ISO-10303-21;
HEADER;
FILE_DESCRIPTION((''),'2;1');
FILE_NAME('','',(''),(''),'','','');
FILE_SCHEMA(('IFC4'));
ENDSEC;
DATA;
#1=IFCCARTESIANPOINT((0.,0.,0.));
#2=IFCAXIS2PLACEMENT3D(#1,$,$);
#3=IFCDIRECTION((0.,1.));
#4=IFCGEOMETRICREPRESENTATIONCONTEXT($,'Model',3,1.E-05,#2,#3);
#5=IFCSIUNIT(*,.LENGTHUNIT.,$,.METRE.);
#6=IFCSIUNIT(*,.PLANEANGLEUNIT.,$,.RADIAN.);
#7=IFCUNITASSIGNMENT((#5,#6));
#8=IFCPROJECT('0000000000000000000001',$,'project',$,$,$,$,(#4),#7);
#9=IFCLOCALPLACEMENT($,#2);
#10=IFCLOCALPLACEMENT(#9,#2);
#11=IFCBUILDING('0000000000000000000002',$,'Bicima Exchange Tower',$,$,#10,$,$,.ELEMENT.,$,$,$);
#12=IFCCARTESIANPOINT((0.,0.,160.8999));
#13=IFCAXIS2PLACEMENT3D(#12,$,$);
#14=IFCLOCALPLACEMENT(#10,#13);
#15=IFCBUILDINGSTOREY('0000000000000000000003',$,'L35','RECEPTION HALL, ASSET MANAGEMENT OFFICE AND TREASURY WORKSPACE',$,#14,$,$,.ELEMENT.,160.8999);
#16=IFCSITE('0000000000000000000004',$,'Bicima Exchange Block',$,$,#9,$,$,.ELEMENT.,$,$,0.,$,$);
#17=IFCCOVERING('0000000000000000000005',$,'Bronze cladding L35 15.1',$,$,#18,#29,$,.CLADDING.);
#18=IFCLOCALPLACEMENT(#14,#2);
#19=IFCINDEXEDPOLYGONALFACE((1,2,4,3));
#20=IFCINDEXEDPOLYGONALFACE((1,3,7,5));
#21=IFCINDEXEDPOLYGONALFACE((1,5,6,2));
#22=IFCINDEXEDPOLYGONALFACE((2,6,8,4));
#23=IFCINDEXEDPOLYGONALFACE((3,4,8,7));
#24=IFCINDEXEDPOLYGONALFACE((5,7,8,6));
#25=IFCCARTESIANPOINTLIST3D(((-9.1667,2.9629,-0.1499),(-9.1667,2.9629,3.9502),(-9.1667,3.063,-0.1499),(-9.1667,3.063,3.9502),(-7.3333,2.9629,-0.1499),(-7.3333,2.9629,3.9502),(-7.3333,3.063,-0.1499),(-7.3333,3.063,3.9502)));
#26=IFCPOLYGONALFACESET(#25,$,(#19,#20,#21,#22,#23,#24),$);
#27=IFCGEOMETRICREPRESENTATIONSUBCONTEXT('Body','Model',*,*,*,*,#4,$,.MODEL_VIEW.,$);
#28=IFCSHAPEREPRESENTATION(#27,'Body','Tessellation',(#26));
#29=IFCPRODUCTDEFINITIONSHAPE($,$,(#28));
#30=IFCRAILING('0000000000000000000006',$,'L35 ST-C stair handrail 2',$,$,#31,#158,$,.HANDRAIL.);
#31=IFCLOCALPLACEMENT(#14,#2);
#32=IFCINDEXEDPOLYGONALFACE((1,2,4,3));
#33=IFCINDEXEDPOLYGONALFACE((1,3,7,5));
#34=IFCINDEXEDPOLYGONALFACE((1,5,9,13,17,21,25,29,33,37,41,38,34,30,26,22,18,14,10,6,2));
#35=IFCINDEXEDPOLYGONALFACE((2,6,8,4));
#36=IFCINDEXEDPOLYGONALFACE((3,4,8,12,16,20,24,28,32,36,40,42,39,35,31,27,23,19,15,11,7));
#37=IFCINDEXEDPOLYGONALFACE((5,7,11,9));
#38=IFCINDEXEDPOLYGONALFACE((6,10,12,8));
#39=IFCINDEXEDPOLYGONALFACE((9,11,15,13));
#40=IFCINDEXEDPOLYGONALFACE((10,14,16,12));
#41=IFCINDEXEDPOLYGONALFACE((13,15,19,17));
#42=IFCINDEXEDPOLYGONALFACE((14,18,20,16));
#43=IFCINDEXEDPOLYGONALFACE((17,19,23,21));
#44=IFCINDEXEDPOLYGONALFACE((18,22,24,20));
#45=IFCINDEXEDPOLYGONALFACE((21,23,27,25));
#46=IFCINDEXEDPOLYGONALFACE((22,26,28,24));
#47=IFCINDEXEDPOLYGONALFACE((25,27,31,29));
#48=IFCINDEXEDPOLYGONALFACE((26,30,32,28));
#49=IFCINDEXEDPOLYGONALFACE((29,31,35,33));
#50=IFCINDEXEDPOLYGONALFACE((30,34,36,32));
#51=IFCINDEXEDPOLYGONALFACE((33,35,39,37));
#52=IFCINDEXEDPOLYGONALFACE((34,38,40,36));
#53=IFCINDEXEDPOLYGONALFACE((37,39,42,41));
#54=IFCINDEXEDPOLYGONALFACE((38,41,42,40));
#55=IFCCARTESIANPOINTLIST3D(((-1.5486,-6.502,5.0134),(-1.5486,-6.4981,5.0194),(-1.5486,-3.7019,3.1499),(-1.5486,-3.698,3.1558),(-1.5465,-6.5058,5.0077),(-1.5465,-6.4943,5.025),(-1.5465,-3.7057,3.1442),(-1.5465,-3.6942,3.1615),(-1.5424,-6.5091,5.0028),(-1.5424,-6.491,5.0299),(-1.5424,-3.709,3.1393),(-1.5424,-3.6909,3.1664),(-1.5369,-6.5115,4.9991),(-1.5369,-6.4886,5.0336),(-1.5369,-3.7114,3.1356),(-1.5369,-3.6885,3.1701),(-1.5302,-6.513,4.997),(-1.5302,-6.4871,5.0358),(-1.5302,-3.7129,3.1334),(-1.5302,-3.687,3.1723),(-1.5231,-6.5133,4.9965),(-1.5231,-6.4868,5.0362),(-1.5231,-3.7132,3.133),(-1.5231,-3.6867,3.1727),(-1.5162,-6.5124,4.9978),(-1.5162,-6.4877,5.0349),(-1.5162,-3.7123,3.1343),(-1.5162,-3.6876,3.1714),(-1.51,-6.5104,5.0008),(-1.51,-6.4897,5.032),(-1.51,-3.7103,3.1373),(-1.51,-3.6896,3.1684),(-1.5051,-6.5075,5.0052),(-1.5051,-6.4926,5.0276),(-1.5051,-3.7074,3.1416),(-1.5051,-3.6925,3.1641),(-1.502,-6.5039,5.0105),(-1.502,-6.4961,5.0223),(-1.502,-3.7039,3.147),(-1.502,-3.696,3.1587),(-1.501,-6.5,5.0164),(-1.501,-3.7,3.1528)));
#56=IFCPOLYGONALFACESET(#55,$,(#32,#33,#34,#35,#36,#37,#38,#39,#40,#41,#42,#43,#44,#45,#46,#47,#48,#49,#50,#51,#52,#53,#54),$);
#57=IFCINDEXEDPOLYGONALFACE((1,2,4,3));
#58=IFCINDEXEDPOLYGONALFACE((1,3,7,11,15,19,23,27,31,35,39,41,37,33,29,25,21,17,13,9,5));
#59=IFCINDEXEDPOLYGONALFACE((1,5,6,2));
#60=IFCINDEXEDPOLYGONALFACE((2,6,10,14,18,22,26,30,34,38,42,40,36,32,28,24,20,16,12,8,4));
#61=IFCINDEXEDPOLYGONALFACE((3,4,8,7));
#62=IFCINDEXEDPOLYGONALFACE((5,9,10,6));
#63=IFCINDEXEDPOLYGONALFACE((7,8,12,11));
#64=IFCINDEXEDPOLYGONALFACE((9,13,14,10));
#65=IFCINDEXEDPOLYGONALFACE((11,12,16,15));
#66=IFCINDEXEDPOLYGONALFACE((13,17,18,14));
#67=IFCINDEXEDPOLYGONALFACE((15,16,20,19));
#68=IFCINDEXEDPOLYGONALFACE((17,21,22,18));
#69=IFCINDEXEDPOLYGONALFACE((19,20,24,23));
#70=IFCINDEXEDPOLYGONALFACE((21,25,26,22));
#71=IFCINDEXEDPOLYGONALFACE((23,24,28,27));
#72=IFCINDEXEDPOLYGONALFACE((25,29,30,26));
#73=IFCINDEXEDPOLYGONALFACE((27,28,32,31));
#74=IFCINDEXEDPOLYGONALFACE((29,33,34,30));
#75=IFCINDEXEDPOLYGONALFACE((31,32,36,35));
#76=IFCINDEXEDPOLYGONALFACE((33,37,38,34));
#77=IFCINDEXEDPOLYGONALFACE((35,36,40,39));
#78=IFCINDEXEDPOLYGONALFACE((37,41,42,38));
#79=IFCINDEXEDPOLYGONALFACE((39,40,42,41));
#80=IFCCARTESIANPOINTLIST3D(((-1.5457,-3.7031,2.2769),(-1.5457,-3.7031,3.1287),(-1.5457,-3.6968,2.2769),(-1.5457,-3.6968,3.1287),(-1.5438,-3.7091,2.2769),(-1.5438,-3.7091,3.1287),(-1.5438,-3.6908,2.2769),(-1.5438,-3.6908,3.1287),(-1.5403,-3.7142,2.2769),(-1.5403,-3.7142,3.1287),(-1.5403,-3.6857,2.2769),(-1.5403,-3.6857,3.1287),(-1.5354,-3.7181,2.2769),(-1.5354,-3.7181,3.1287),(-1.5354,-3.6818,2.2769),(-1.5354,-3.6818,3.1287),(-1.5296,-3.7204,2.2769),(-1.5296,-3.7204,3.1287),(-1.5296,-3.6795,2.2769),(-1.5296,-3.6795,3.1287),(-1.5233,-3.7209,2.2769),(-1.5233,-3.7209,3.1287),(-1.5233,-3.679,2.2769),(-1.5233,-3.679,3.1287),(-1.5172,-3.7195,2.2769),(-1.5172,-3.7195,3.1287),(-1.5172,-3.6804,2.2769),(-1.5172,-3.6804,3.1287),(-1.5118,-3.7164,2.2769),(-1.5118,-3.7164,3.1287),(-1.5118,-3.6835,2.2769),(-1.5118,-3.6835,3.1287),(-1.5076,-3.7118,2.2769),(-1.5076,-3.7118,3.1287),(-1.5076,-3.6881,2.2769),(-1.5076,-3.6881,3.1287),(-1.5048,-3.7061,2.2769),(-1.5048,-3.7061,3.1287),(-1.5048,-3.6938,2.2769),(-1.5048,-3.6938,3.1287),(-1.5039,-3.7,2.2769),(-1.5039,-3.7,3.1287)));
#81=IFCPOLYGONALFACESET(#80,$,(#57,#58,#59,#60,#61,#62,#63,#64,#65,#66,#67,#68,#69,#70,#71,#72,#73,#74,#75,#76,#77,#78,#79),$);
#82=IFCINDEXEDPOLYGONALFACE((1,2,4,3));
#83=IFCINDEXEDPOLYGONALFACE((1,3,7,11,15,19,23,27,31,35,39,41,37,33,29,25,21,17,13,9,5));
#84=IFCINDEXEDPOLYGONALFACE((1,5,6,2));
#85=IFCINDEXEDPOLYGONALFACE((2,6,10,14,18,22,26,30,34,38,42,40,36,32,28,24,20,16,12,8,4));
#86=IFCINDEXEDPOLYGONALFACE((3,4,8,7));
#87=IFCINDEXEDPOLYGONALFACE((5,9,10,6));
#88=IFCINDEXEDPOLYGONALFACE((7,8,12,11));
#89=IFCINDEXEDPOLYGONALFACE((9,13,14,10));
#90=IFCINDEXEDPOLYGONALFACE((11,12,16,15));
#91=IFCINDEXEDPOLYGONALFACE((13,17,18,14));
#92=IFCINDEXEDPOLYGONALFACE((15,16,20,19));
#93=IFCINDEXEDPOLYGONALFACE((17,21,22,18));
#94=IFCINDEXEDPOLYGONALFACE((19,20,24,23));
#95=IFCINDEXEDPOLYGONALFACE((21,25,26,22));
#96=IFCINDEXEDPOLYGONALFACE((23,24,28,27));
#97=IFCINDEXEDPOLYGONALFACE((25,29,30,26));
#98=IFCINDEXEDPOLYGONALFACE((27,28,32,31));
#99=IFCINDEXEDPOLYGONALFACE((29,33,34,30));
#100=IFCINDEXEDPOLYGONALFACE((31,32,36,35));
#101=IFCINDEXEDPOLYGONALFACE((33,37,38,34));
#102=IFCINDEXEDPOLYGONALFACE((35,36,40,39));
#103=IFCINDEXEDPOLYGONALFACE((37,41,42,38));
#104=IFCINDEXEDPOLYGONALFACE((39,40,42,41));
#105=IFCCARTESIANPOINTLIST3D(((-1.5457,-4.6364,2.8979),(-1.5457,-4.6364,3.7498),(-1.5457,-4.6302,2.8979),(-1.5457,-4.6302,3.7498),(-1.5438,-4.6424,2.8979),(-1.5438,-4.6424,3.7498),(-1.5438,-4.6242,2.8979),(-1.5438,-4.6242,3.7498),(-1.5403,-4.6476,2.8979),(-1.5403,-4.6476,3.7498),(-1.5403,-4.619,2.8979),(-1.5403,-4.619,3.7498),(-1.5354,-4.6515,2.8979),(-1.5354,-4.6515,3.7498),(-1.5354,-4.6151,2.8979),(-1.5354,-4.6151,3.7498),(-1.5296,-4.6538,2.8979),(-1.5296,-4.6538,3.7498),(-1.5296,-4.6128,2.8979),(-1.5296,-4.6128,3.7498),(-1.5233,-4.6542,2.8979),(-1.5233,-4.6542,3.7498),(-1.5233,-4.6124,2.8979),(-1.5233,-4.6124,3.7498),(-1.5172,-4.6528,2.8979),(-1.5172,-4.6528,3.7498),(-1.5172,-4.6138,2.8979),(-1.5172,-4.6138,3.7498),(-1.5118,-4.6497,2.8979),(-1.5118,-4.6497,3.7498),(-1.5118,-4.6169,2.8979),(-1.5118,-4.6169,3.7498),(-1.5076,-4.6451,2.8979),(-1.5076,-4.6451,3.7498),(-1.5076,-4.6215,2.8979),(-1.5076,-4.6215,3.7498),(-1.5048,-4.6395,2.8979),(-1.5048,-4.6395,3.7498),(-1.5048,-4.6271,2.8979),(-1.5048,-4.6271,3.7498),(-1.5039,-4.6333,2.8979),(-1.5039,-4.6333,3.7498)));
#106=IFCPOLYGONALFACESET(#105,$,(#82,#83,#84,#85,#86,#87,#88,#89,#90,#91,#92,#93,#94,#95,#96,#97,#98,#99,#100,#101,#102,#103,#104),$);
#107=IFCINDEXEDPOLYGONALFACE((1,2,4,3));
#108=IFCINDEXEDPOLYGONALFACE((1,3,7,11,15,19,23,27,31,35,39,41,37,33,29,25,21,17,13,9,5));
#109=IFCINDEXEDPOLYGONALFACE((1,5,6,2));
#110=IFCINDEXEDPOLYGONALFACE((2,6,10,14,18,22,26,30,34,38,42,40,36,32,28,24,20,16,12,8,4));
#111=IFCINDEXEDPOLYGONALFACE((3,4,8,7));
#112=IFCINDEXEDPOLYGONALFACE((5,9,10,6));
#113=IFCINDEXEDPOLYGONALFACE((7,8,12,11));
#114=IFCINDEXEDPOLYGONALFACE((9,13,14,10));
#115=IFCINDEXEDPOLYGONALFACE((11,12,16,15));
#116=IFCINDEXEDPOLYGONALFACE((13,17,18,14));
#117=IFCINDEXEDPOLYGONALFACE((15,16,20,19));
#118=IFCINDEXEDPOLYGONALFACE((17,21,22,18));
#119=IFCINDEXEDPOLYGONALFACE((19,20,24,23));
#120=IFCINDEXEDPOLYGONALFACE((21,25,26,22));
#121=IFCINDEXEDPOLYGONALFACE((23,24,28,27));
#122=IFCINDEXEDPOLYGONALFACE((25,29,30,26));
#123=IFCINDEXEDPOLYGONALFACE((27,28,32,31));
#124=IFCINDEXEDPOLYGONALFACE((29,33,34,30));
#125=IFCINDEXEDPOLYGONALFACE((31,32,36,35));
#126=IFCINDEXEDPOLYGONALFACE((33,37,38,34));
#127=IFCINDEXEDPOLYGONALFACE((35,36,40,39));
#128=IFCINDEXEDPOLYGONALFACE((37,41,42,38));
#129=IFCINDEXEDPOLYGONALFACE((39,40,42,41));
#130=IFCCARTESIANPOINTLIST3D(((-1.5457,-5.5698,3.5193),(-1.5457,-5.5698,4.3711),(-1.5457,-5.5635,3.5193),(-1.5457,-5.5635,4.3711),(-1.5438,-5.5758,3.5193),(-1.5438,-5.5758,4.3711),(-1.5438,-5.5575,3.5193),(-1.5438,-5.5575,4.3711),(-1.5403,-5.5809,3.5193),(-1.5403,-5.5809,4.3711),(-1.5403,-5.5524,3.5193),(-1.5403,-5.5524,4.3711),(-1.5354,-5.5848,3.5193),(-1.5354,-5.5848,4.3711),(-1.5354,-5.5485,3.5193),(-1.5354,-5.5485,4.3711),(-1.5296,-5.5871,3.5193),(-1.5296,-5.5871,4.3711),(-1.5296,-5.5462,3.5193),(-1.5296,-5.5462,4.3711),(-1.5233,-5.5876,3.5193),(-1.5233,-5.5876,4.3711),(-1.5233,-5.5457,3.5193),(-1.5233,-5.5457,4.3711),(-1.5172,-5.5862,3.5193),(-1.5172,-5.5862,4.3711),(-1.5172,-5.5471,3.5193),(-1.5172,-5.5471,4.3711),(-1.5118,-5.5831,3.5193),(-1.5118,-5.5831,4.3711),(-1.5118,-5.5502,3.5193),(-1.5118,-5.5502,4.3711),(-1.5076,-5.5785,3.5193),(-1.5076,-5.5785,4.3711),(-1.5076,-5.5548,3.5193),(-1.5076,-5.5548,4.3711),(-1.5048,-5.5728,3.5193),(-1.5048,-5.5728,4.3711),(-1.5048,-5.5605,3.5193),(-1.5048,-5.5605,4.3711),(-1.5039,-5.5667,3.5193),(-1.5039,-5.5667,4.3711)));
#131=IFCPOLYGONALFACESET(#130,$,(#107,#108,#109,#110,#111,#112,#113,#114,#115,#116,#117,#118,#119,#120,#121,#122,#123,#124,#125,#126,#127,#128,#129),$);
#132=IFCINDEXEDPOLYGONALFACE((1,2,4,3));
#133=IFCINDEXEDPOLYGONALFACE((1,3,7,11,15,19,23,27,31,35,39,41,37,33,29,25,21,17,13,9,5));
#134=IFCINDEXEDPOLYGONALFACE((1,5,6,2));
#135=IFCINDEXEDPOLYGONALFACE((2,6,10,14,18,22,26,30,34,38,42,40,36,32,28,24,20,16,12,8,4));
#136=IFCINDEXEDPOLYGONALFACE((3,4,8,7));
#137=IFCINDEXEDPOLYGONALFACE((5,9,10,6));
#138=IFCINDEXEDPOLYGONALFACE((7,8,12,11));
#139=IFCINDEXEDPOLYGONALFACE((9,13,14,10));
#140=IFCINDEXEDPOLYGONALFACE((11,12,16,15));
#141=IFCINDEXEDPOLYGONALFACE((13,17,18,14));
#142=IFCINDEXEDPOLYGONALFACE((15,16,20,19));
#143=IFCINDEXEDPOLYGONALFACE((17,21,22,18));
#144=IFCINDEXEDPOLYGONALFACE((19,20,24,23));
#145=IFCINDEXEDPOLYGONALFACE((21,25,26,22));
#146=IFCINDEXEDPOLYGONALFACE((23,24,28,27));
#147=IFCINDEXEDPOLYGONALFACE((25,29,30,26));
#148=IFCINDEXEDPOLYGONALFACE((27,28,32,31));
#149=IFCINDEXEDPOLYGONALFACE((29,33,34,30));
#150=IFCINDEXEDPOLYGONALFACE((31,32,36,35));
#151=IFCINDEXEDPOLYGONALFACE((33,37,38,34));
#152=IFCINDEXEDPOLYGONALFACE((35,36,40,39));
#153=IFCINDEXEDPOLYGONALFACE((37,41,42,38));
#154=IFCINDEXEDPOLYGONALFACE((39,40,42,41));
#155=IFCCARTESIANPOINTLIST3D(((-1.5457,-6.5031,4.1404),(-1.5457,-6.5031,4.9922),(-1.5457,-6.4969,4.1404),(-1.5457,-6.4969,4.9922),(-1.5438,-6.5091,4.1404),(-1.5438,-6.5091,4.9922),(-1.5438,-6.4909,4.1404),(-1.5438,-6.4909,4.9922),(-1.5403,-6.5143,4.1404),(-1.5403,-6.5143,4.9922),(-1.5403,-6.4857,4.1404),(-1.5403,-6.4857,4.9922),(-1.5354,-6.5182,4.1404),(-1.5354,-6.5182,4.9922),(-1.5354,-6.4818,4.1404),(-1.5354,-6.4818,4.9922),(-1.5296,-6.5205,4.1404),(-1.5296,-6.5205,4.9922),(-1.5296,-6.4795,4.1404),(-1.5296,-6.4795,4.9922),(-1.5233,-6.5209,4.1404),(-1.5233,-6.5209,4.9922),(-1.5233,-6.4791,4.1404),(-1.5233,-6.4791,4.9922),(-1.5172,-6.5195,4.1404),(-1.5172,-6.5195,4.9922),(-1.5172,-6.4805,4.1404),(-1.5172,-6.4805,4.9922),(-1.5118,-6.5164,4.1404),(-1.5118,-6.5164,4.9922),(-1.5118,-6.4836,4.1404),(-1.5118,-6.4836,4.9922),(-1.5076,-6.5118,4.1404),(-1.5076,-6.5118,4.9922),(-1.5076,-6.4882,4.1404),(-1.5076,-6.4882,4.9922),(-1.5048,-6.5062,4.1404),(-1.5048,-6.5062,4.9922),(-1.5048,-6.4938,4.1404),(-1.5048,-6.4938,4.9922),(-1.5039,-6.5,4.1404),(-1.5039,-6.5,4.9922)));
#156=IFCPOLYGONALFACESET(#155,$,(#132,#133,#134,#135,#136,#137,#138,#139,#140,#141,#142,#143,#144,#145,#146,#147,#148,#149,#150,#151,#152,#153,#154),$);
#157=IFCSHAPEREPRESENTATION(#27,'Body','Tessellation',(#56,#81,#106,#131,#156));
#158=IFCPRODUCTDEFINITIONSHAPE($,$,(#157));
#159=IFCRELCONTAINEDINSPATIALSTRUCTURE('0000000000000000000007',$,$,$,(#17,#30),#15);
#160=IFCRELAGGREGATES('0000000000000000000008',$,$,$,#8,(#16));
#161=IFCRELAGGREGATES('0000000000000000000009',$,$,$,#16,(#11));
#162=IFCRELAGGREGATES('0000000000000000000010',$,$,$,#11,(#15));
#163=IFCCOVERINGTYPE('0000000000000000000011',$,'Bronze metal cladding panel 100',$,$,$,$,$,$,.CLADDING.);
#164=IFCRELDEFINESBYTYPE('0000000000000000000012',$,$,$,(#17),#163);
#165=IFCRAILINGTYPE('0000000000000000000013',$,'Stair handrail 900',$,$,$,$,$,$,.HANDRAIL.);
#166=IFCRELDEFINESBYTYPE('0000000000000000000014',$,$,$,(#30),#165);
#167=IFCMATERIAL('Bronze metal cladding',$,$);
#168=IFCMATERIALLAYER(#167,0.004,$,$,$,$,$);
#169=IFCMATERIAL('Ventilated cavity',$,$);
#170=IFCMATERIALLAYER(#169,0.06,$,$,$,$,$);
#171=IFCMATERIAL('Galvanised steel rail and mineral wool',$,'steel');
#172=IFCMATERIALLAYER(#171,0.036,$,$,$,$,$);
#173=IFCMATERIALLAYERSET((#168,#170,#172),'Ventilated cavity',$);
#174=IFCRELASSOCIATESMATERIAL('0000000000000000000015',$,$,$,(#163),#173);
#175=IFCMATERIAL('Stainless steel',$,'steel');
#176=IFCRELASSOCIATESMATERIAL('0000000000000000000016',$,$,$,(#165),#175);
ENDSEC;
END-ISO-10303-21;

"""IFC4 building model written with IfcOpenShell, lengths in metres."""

from ifc_helpers import new_model, si_unit, direction, frame, origin, origin_2d, place, context, subcontext, project, spatial, rectangle, circle, extrude, material, layer, layer_set, type_object, element, save


model = new_model("IFC4")

# Units and contexts
model_context = context("Model", 3, precision=1e-05, world=origin(), true_north=direction((0.0, 1.0)))
body_context = subcontext(model_context, "Body", "Model", "MODEL_VIEW")
ifc_project = project(units=[si_unit("LENGTHUNIT", "METRE"), si_unit("PLANEANGLEUNIT", "RADIAN")], contexts=[model_context])

# Site, building, storey
site_placement = place(None, origin())
site = spatial("IfcSite", under=ifc_project, at=site_placement, Name="Bicima Exchange Block", CompositionType="ELEMENT", RefElevation=0.0)
building_placement = place(site_placement, origin())
building = spatial("IfcBuilding", under=site, at=building_placement, Name="Bicima Exchange Tower", CompositionType="ELEMENT")
storey_placement = place(building_placement, frame((0.0, 0.0, 160.8999)))
storey = spatial("IfcBuildingStorey", under=building, at=storey_placement, Name="L35", Description="RECEPTION HALL, ASSET MANAGEMENT OFFICE AND TREASURY WORKSPACE", CompositionType="ELEMENT", Elevation=160.8999)

# Covering
ifc_material_1 = material(Name="Bronze metal cladding")
ifc_layer_1 = layer(ifc_material_1, 0.004)
ifc_material_2 = material(Name="Ventilated cavity")
ifc_layer_2 = layer(ifc_material_2, 0.06)
ifc_material_3 = material(Name="Galvanised steel rail and mineral wool", Category="steel")
ifc_layer_3 = layer(ifc_material_3, 0.036)
ifc_layer_set_1 = layer_set([ifc_layer_1, ifc_layer_2, ifc_layer_3], Name="Ventilated cavity")
covering_type = type_object("IfcCoveringType", Name="Bronze metal cladding panel 100", PredefinedType="CLADDING", material=ifc_layer_set_1)
covering_1_placement = place(storey_placement, frame((-8.25, 3.0129, -0.1499), z_axis=(0.0, 0.0, 1.0), x_axis=(-1.0, 0.0, 0.0)))
element("IfcCovering", 1, at=covering_1_placement, inside=storey, type_object=covering_type, Name="Bronze cladding L35 15.1", PredefinedType="CLADDING", context=body_context, shape_type="SweptSolid", body=[
    extrude(rectangle(XDim=1.8335, YDim=0.1001, at=origin_2d()), origin(), (0.0, 0.0, 1.0), 4.1001),
])

# Railing
ifc_material_4 = material(Name="Stainless steel", Category="steel")
railing_type = type_object("IfcRailingType", Name="Stair handrail 900", PredefinedType="HANDRAIL", material=ifc_material_4)
railing_placement = place(storey_placement, frame((-1.5249, -3.7, 2.2769)))
element("IfcRailing", 2, at=railing_placement, inside=storey, type_object=railing_type, Name="L35 ST-C stair handrail 2", PredefinedType="HANDRAIL", context=body_context, shape_type="SweptSolid", body=[
    extrude(circle(Radius=0.0239, at=origin_2d()), frame((0.0, 0.0, 0.876), z_axis=(0.0, -0.832486, 0.554047), x_axis=(1.0, 0.0, 0.0)), (0.0, 0.0, 1.0), 3.3635),
    extrude(circle(Radius=0.021, at=origin_2d()), origin(), (0.0, 0.0, 1.0), 0.8518),
    extrude(circle(Radius=0.021, at=origin_2d()), frame((0.0, -0.9333, 0.6211)), (0.0, 0.0, 1.0), 0.8518),
    extrude(circle(Radius=0.021, at=origin_2d()), frame((0.0, -1.8667, 1.2424)), (0.0, 0.0, 1.0), 0.8518),
    extrude(circle(Radius=0.021, at=origin_2d()), frame((0.0, -2.8, 1.8635)), (0.0, 0.0, 1.0), 0.8518),
])

save(model, "model.ifc")
